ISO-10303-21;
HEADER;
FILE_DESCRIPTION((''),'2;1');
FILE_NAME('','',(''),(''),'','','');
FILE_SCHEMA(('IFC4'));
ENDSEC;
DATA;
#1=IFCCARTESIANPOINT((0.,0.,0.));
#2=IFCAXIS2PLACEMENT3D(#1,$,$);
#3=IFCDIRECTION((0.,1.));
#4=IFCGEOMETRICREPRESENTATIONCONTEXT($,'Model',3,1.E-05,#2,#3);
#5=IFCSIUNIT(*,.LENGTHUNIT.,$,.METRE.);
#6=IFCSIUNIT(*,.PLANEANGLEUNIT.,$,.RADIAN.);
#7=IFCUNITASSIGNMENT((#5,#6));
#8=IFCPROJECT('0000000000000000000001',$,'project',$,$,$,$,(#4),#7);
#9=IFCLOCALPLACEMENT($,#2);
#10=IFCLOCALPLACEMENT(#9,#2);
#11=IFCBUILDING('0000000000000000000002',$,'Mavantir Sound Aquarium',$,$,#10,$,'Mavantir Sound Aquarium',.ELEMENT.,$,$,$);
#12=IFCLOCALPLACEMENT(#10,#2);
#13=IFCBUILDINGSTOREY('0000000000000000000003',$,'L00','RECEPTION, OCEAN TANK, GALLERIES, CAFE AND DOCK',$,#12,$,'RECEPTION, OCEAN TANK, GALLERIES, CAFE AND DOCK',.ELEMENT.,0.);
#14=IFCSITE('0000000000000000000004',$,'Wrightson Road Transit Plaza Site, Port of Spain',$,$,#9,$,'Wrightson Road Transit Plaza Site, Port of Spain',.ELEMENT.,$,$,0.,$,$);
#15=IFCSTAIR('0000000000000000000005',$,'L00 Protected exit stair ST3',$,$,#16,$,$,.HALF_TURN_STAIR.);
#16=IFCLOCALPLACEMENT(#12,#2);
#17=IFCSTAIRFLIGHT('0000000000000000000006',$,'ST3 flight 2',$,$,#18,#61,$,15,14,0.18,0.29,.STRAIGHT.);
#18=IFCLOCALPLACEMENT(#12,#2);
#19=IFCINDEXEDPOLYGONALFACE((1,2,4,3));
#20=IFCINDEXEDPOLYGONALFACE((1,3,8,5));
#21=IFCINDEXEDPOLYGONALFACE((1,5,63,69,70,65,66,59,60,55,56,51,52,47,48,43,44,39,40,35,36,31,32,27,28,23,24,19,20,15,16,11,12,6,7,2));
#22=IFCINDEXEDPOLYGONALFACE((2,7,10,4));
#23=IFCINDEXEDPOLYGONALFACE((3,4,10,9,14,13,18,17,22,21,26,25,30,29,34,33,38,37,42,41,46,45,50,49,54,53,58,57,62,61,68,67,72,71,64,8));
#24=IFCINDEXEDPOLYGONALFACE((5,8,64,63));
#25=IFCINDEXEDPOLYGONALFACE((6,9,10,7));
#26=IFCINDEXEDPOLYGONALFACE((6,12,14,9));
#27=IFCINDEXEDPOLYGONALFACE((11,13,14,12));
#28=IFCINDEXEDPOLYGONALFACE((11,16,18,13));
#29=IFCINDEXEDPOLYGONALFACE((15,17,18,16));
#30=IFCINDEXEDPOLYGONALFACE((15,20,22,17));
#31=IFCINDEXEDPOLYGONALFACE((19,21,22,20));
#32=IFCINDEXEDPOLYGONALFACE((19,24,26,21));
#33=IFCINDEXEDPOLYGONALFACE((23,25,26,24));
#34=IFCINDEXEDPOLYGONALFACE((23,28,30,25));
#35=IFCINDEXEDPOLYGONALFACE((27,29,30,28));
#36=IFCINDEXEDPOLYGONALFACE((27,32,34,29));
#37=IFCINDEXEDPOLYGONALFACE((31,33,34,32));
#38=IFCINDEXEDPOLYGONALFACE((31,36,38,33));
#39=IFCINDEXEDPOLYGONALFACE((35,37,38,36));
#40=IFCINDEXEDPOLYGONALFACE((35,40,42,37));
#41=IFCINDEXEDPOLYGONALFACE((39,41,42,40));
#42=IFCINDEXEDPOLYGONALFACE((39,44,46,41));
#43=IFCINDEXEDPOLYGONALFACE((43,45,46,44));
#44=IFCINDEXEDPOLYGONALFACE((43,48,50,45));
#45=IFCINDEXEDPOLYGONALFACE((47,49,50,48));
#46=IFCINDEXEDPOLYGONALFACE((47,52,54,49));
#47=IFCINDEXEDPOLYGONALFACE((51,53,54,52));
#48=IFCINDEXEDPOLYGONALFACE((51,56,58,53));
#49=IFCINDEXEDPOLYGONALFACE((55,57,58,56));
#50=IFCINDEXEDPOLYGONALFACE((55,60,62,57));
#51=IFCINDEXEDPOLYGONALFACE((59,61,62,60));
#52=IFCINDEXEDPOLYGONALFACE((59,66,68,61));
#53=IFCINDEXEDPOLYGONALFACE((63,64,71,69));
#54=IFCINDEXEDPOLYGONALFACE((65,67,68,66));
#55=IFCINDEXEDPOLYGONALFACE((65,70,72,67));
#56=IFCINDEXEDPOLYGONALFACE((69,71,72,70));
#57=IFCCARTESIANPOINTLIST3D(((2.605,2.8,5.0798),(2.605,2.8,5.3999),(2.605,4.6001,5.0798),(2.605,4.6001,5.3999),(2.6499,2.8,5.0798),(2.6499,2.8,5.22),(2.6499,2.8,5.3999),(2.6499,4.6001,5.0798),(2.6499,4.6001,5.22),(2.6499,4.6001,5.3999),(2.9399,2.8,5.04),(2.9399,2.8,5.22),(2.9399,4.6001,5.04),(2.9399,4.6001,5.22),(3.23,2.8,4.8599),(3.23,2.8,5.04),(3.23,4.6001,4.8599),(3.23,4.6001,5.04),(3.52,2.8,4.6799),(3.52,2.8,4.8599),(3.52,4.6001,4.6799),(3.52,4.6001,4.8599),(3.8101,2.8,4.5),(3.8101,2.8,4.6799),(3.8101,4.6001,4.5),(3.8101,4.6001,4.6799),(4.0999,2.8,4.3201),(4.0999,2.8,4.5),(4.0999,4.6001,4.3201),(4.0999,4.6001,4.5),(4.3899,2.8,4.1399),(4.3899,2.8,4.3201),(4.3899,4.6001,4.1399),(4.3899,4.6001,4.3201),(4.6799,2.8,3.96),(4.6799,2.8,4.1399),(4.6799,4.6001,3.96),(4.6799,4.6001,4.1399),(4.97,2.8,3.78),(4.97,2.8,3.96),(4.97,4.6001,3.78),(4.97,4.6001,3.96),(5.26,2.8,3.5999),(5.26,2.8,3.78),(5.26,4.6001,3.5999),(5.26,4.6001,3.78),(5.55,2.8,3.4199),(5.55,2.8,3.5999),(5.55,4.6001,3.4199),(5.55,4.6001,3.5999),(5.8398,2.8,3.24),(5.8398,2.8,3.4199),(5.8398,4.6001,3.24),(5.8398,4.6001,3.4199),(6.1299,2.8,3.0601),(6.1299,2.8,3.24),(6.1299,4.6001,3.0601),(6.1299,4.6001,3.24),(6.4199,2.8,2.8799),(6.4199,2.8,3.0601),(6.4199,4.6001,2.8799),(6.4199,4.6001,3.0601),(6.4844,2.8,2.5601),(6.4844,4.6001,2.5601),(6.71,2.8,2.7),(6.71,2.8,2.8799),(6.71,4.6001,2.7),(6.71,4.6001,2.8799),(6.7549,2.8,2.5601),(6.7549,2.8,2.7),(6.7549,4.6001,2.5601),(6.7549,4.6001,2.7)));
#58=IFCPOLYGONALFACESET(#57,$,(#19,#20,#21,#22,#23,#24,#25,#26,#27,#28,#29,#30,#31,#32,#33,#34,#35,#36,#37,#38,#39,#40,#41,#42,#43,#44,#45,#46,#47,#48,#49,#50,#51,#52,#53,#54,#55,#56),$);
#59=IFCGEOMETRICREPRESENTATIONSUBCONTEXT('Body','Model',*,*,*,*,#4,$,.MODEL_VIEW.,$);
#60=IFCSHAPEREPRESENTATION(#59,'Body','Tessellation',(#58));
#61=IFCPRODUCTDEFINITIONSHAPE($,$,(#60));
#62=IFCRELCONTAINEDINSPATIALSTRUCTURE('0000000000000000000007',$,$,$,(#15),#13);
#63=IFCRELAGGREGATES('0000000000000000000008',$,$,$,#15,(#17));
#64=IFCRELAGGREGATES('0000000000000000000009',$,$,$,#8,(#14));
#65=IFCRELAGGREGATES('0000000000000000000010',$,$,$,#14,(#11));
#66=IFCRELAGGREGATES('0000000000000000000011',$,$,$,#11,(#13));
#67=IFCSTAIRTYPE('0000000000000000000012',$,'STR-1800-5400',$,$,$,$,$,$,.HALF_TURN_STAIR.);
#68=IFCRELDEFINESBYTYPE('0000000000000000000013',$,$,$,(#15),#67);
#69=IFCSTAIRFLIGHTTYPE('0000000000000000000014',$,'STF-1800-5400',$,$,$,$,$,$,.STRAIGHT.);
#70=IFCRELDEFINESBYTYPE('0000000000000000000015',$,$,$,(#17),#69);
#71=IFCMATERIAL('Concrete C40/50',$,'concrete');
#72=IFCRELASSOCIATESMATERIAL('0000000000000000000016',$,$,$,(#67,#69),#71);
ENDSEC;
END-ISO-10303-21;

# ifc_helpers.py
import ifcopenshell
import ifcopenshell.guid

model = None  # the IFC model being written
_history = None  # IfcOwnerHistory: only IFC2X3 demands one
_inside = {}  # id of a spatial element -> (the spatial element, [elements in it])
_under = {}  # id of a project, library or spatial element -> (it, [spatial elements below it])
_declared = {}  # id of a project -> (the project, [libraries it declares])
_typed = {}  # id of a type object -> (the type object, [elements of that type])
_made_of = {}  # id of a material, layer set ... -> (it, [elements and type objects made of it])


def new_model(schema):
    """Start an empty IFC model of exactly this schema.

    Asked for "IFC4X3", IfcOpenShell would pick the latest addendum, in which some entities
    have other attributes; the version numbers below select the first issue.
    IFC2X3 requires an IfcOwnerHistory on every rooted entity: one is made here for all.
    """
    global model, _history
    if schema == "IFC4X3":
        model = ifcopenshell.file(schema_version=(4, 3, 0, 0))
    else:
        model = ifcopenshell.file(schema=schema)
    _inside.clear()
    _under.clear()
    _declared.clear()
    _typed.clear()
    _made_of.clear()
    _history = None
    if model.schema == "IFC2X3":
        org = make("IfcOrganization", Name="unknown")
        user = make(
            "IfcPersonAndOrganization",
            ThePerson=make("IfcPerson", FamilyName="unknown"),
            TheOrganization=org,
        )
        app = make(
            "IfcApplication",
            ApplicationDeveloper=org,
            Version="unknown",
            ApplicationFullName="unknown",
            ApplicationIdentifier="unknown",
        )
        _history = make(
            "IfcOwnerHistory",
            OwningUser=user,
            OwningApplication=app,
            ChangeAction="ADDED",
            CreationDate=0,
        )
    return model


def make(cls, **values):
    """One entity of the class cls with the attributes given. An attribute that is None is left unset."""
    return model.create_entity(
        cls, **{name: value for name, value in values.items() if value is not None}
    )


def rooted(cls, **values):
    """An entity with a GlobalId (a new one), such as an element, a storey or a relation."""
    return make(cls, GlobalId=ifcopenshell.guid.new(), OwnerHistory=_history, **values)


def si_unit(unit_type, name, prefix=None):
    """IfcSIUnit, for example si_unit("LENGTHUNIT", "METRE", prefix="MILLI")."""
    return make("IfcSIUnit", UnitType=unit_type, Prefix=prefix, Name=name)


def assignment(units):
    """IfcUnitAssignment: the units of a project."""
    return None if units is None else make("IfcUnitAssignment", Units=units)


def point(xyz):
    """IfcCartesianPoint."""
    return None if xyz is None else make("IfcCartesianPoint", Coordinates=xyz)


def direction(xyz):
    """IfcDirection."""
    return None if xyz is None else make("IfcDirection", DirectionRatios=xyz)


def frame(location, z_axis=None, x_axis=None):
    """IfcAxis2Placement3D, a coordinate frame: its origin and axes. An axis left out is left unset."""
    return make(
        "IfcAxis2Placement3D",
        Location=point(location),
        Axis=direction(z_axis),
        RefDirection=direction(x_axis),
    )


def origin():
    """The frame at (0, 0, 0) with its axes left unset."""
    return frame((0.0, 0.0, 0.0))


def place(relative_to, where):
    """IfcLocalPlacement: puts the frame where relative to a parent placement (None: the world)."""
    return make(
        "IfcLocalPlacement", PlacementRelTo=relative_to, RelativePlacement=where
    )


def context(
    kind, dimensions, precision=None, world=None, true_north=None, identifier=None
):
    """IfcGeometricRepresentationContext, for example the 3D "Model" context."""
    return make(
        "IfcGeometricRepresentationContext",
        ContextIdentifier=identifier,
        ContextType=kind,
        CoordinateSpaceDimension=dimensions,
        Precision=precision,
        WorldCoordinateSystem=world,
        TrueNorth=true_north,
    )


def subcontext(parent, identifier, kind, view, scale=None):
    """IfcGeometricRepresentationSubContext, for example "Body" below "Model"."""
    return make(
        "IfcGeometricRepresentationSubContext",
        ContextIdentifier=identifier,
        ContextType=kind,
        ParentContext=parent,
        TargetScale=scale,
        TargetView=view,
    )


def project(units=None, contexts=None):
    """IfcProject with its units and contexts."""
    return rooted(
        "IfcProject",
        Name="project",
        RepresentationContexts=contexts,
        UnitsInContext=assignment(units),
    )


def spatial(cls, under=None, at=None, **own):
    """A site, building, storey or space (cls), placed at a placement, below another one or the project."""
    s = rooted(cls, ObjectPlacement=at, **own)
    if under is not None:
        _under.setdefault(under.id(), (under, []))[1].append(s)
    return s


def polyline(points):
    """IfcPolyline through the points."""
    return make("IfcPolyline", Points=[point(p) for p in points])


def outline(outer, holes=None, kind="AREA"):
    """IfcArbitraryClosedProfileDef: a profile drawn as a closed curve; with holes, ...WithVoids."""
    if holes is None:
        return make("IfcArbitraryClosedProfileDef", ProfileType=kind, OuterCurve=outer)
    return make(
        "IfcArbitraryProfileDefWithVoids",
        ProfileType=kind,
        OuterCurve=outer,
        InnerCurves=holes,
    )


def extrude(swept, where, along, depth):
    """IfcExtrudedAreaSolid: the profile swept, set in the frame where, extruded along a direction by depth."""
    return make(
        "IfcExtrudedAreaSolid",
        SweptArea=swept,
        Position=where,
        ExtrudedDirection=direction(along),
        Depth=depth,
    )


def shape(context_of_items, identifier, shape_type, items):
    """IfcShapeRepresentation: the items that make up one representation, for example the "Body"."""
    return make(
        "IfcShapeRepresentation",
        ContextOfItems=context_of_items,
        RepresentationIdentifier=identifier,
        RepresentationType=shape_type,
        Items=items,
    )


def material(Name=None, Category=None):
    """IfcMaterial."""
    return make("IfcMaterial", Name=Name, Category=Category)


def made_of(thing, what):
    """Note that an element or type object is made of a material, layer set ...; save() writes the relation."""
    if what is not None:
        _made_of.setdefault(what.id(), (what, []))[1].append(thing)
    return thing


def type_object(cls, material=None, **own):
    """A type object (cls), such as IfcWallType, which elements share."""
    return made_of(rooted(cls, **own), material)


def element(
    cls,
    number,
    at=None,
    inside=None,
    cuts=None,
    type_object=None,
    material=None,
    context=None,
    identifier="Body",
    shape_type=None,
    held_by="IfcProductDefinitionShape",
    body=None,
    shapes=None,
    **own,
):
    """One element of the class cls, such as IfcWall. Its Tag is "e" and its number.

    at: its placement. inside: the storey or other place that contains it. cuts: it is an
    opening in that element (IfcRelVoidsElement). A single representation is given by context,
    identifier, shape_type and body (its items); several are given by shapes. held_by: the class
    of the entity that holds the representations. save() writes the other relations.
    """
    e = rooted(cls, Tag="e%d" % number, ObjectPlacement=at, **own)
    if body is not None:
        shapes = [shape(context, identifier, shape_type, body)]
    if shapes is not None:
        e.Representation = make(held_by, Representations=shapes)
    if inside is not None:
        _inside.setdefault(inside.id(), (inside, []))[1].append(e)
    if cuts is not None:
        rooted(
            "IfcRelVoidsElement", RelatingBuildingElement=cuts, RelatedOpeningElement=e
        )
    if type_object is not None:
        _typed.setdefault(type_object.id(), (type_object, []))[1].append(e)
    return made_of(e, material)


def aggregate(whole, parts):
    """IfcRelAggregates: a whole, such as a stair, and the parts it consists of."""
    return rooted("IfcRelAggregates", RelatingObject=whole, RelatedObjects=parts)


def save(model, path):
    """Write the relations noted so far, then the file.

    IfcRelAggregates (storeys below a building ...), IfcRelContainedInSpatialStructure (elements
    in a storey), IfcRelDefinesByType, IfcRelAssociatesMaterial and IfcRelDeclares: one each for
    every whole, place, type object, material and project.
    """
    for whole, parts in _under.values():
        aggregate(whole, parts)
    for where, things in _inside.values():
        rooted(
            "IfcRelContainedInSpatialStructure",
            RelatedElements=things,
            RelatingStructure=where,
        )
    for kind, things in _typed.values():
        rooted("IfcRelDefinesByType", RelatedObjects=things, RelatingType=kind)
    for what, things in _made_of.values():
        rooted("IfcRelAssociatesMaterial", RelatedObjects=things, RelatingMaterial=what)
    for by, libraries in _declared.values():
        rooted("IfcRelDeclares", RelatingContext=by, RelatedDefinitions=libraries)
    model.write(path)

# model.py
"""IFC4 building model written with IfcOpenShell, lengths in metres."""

from ifc_helpers import new_model, si_unit, direction, frame, origin, place, context, subcontext, project, spatial, polyline, outline, extrude, material, type_object, element, aggregate, save


model = new_model("IFC4")

# Units and contexts
model_context = context("Model", 3, precision=1e-05, world=origin(), true_north=direction((0.0, 1.0)))
body_context = subcontext(model_context, "Body", "Model", "MODEL_VIEW")
ifc_project = project(units=[si_unit("LENGTHUNIT", "METRE"), si_unit("PLANEANGLEUNIT", "RADIAN")], contexts=[model_context])

# Site, building, storey
site_placement = place(None, origin())
site = spatial("IfcSite", under=ifc_project, at=site_placement, Name="Wrightson Road Transit Plaza Site, Port of Spain", LongName="Wrightson Road Transit Plaza Site, Port of Spain", CompositionType="ELEMENT", RefElevation=0.0)
building_placement = place(site_placement, origin())
building = spatial("IfcBuilding", under=site, at=building_placement, Name="Mavantir Sound Aquarium", LongName="Mavantir Sound Aquarium", CompositionType="ELEMENT")
storey_placement = place(building_placement, origin())
storey = spatial("IfcBuildingStorey", under=building, at=storey_placement, Name="L00", Description="RECEPTION, OCEAN TANK, GALLERIES, CAFE AND DOCK", LongName="RECEPTION, OCEAN TANK, GALLERIES, CAFE AND DOCK", CompositionType="ELEMENT", Elevation=0.0)

# Shared definitions
ifc_material_1 = material(Name="Concrete C40/50", Category="concrete")

# Stair, stair flight
stair_type = type_object("IfcStairType", Name="STR-1800-5400", PredefinedType="HALF_TURN_STAIR", material=ifc_material_1)
stair_placement = place(storey_placement, origin())
stair = element("IfcStair", 1, at=stair_placement, inside=storey, type_object=stair_type, Name="L00 Protected exit stair ST3", PredefinedType="HALF_TURN_STAIR")
stair_flight_type = type_object("IfcStairFlightType", Name="STF-1800-5400", PredefinedType="STRAIGHT", material=ifc_material_1)
stair_flight_placement = place(storey_placement, frame((6.71, 3.7, 2.7), z_axis=(0.0, 0.0, 1.0), x_axis=(-1.0, 0.0, 0.0)))
stair_flight = element("IfcStairFlight", 2, at=stair_flight_placement, type_object=stair_flight_type, Name="ST3 flight 2", NumberOfRisers=15, NumberOfTreads=14, PredefinedType="STRAIGHT", RiserHeight=0.18, TreadLength=0.29, context=body_context, shape_type="SweptSolid", body=[
    extrude(outline(polyline([(-0.0449, -0.1399), (-0.0449, 0.0), (0.0, 0.0), (0.0, 0.1799), (0.29, 0.1799), (0.29, 0.3601), (0.5801, 0.3601), (0.5801, 0.54), (0.8701, 0.54), (0.8701, 0.72), (1.1599, 0.72), (1.1599, 0.8999), (1.45, 0.8999), (1.45, 1.0801), (1.74, 1.0801), (1.74, 1.26), (2.03, 1.26), (2.03, 1.4399), (2.3201, 1.4399), (2.3201, 1.6201), (2.6101, 1.6201), (2.6101, 1.8), (2.8999, 1.8), (2.8999, 1.98), (3.1899, 1.98), (3.1899, 2.1599), (3.48, 2.1599), (3.48, 2.3401), (3.77, 2.3401), (3.77, 2.52), (4.0601, 2.52), (4.0601, 2.7), (4.105, 2.7), (4.105, 2.3799), (4.0601, 2.3799), (0.2256, -0.1399), (-0.0449, -0.1399)])), frame((0.0, 0.8999, 0.0), z_axis=(0.0, -1.0, 0.0), x_axis=(1.0, 0.0, 0.0)), (0.0, 0.0, 1.0), 1.8),
])
aggregate(stair, [stair_flight])

save(model, "model.ifc")
